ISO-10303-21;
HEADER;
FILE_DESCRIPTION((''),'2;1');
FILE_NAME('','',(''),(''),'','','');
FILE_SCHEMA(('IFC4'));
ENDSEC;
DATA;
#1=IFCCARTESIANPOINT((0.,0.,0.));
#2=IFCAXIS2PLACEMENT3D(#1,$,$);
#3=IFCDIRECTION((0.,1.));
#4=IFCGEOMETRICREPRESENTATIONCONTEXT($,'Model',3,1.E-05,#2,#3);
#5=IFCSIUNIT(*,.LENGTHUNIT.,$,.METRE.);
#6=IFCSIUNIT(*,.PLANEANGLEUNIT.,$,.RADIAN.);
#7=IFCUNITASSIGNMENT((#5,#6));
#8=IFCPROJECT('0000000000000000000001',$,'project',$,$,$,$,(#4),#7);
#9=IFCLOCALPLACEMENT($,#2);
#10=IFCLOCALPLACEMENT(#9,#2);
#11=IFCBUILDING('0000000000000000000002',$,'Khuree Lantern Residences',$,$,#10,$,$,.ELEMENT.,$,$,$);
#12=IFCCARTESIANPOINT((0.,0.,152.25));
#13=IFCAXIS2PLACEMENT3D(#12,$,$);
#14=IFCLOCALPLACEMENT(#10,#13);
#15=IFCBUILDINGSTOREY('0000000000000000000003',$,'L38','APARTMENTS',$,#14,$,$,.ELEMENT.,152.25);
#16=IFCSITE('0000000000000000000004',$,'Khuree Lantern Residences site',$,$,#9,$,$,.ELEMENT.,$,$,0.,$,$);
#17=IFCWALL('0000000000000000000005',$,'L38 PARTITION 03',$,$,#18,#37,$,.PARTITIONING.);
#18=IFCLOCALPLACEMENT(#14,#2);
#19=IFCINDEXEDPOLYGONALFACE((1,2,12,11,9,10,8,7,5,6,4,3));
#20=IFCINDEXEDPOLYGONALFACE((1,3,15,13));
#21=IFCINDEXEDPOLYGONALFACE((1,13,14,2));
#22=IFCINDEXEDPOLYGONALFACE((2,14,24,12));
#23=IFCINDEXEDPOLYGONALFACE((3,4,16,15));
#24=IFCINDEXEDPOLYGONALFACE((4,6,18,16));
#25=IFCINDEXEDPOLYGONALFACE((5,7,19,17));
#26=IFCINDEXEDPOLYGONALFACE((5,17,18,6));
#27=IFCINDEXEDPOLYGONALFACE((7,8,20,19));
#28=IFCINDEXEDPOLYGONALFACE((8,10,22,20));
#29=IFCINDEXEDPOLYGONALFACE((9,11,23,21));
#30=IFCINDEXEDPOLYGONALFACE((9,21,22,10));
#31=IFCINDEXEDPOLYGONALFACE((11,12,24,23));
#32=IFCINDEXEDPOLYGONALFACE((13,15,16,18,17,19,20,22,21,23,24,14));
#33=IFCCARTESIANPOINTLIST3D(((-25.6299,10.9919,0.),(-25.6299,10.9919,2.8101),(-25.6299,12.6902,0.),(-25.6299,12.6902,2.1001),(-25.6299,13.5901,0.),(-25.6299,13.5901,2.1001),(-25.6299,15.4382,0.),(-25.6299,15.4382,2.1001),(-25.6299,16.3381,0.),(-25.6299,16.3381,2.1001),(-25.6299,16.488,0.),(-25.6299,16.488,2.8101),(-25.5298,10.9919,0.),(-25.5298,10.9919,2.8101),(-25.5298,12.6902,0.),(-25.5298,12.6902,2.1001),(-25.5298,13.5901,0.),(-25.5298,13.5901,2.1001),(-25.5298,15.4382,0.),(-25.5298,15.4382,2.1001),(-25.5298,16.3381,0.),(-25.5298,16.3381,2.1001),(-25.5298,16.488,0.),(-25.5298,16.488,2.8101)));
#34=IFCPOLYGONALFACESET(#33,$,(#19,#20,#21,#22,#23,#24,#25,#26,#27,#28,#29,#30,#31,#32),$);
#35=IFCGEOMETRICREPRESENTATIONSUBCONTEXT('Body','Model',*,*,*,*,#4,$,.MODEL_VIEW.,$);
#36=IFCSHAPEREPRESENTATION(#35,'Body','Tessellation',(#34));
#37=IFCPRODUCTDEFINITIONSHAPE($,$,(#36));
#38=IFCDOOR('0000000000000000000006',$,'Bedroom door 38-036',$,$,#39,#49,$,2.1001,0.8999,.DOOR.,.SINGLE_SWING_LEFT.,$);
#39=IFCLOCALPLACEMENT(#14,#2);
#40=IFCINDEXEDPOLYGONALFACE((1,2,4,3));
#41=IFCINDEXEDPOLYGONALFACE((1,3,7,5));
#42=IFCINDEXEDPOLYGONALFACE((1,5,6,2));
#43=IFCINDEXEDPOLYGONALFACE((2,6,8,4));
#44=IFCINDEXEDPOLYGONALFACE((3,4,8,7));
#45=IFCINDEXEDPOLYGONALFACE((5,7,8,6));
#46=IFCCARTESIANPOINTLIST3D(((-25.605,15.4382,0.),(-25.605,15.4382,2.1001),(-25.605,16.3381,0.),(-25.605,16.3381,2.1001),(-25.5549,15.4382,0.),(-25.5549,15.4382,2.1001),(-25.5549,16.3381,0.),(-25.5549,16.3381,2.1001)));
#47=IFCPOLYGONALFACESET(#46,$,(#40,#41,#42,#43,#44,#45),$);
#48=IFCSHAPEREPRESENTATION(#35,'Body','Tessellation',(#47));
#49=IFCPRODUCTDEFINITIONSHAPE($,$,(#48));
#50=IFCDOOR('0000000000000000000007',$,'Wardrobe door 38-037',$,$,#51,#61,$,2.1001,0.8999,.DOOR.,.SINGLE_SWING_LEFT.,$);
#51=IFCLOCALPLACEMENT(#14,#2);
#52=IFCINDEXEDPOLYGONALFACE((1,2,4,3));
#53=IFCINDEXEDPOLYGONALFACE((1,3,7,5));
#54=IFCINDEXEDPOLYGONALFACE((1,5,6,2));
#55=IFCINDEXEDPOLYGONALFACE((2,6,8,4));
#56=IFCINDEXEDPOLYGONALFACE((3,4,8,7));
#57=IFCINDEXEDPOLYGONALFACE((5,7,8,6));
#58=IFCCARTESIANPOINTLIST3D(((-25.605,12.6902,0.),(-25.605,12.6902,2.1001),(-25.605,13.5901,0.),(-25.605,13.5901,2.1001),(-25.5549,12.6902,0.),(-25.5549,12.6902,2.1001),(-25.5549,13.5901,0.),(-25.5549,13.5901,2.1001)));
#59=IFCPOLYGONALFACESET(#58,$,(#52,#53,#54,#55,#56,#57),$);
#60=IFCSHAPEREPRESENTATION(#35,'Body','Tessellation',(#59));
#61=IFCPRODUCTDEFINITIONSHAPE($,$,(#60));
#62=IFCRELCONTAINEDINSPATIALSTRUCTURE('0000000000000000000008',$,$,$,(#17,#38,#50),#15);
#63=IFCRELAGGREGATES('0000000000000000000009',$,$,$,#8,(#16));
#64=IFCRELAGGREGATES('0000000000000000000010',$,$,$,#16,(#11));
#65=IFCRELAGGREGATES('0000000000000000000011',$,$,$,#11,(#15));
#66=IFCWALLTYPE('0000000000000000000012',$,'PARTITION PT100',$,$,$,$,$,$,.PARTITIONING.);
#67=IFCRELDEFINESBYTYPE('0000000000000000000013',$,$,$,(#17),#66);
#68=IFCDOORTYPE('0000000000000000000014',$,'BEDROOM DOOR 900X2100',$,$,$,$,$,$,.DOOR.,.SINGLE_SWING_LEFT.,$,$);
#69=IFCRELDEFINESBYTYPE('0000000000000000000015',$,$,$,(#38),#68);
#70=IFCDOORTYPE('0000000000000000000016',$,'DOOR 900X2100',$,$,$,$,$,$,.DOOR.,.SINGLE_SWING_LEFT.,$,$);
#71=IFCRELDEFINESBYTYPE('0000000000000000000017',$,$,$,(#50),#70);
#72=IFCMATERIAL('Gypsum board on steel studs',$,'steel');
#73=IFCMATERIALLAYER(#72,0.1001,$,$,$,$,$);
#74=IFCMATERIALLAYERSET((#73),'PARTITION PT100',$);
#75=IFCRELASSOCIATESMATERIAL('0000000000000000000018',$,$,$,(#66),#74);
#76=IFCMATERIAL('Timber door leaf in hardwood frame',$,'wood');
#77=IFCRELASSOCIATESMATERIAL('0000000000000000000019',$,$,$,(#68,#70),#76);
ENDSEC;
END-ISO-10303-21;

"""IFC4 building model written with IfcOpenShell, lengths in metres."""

from ifc_helpers import new_model, si_unit, direction, frame, frame_2d, origin, place, context, subcontext, project, spatial, rectangle, extrude, material, layer, layer_set, type_object, element, fill, save


model = new_model("IFC4")

# Units and contexts
model_context = context("Model", 3, precision=1e-05, world=origin(), true_north=direction((0.0, 1.0)))
body_context = subcontext(model_context, "Body", "Model", "MODEL_VIEW")
ifc_project = project(units=[si_unit("LENGTHUNIT", "METRE"), si_unit("PLANEANGLEUNIT", "RADIAN")], contexts=[model_context])

# Site, building, storey
site_placement = place(None, origin())
site = spatial("IfcSite", under=ifc_project, at=site_placement, Name="Khuree Lantern Residences site", CompositionType="ELEMENT", RefElevation=0.0)
building_placement = place(site_placement, origin())
building = spatial("IfcBuilding", under=site, at=building_placement, Name="Khuree Lantern Residences", CompositionType="ELEMENT")
storey_placement = place(building_placement, frame((0.0, 0.0, 152.25)))
storey = spatial("IfcBuildingStorey", under=building, at=storey_placement, Name="L38", Description="APARTMENTS", CompositionType="ELEMENT", Elevation=152.25)

# Shared definitions
ifc_material_1 = material(Name="Gypsum board on steel studs", Category="steel")
ifc_layer_1 = layer(ifc_material_1, 0.1001)
ifc_layer_set_1 = layer_set([ifc_layer_1], Name="PARTITION PT100")
wall_type = type_object("IfcWallType", Name="PARTITION PT100", PredefinedType="PARTITIONING", material=ifc_layer_set_1)

# Wall, openings, doors
wall_1_placement = place(storey_placement, frame((-25.5798, 16.488, 0.0), z_axis=(0.0, 0.0, 1.0), x_axis=(0.0, -1.0, 0.0)))
wall_1 = element("IfcWall", 1, at=wall_1_placement, inside=storey, type_object=wall_type, Name="L38 PARTITION 03", PredefinedType="PARTITIONING", context=body_context, shape_type="SweptSolid", body=[
    extrude(rectangle(XDim=5.4961, YDim=0.1001, at=frame_2d((2.748, 0.0))), origin(), (0.0, 0.0, 1.0), 2.8101),
])
opening_1_placement = place(wall_1_placement, frame((0.1499, 0.0, 0.0)))
opening_1 = element("IfcOpeningElement", 2, at=opening_1_placement, cuts=wall_1, PredefinedType="OPENING", context=body_context, shape_type="SweptSolid", body=[
    extrude(rectangle(XDim=0.8999, YDim=2.1001, at=frame_2d((0.45, 1.05))), frame((0.0, 0.0601, 0.0), z_axis=(0.0, -1.0, 0.0), x_axis=(1.0, 0.0, 0.0)), (0.0, 0.0, 1.0), 0.1201),
])
opening_2_placement = place(wall_1_placement, frame((2.8979, 0.0, 0.0)))
opening_2 = element("IfcOpeningElement", 3, at=opening_2_placement, cuts=wall_1, PredefinedType="OPENING", context=body_context, shape_type="SweptSolid", body=[
    extrude(rectangle(XDim=0.8999, YDim=2.1001, at=frame_2d((0.45, 1.05))), frame((0.0, 0.0601, 0.0), z_axis=(0.0, -1.0, 0.0), x_axis=(1.0, 0.0, 0.0)), (0.0, 0.0, 1.0), 0.1201),
])
ifc_material_2 = material(Name="Timber door leaf in hardwood frame", Category="wood")
door_type_1 = type_object("IfcDoorType", Name="BEDROOM DOOR 900X2100", OperationType="SINGLE_SWING_LEFT", PredefinedType="DOOR", material=ifc_material_2)
door_1_placement = place(opening_1_placement, origin())
door_1 = element("IfcDoor", 4, at=door_1_placement, inside=storey, type_object=door_type_1, Name="Bedroom door 38-036", OperationType="SINGLE_SWING_LEFT", OverallHeight=2.1001, OverallWidth=0.8999, PredefinedType="DOOR", context=body_context, shape_type="SweptSolid", body=[
    extrude(rectangle(XDim=0.8999, YDim=2.1001, at=frame_2d((0.45, 1.05))), frame((0.0, 0.0249, 0.0), z_axis=(0.0, -1.0, 0.0), x_axis=(1.0, 0.0, 0.0)), (0.0, 0.0, 1.0), 0.05),
])
fill(opening_1, door_1)
door_type_2 = type_object("IfcDoorType", Name="DOOR 900X2100", OperationType="SINGLE_SWING_LEFT", PredefinedType="DOOR", material=ifc_material_2)
door_2_placement = place(opening_2_placement, origin())
door_2 = element("IfcDoor", 5, at=door_2_placement, inside=storey, type_object=door_type_2, Name="Wardrobe door 38-037", OperationType="SINGLE_SWING_LEFT", OverallHeight=2.1001, OverallWidth=0.8999, PredefinedType="DOOR", context=body_context, shape_type="SweptSolid", body=[
    extrude(rectangle(XDim=0.8999, YDim=2.1001, at=frame_2d((0.45, 1.05))), frame((0.0, 0.0249, 0.0), z_axis=(0.0, -1.0, 0.0), x_axis=(1.0, 0.0, 0.0)), (0.0, 0.0, 1.0), 0.05),
])
fill(opening_2, door_2)

save(model, "model.ifc")
